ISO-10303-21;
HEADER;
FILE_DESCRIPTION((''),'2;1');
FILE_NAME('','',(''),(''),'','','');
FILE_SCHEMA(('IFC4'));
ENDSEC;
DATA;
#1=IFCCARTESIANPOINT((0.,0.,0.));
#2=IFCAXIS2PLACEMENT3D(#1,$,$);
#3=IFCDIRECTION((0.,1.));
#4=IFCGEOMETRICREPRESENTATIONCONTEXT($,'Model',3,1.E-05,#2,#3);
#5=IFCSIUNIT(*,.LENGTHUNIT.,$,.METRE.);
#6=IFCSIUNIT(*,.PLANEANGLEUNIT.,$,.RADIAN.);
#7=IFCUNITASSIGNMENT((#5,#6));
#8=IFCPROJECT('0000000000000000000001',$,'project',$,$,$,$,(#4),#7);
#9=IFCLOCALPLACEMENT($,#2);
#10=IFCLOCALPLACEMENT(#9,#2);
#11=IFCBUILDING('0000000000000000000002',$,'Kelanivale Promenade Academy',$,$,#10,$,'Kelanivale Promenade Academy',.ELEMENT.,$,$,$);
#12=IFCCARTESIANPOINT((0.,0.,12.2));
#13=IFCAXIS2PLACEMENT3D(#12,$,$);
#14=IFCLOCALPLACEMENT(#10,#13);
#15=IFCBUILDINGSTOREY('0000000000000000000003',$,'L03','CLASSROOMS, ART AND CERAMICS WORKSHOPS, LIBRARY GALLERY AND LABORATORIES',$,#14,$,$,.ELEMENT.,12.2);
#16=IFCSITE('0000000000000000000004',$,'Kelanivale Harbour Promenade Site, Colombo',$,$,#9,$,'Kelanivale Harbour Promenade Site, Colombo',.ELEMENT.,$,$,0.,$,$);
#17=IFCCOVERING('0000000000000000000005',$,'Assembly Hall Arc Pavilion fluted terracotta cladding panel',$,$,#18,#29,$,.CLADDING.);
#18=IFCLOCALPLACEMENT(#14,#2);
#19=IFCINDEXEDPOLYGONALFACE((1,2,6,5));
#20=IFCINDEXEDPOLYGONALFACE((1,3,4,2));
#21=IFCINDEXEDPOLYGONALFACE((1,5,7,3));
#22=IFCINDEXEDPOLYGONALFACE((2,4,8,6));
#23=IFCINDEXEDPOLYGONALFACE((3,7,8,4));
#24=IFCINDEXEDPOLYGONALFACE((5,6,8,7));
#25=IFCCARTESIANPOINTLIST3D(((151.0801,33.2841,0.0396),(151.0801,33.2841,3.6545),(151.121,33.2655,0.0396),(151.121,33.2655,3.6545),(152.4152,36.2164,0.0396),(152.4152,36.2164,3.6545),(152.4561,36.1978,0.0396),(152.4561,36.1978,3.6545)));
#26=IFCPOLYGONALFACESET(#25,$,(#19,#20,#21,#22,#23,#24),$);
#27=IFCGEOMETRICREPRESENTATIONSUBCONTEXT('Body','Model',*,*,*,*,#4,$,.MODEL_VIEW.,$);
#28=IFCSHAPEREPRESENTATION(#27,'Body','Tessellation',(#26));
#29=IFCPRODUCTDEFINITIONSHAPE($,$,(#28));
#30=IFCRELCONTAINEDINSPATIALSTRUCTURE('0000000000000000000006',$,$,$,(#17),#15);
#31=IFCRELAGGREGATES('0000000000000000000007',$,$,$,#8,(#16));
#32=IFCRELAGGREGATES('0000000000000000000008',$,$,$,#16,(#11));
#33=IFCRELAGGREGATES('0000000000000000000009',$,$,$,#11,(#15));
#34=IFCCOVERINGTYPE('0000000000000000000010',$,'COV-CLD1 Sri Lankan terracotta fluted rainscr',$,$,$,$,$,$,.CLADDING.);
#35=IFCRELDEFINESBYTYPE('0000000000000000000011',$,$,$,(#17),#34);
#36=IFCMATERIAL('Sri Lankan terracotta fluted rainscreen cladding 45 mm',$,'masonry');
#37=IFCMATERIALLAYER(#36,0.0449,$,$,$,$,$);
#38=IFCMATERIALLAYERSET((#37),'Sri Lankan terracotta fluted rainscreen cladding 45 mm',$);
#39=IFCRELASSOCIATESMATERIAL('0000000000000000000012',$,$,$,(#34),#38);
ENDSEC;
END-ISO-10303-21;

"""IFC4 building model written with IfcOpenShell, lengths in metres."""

from ifc_helpers import new_model, si_unit, direction, frame, origin, origin_2d, place, context, subcontext, project, spatial, rectangle, extrude, material, layer, layer_set, type_object, element, save


model = new_model("IFC4")

# Units and contexts
model_context = context("Model", 3, precision=1e-05, world=origin(), true_north=direction((0.0, 1.0)))
body_context = subcontext(model_context, "Body", "Model", "MODEL_VIEW")
ifc_project = project(units=[si_unit("LENGTHUNIT", "METRE"), si_unit("PLANEANGLEUNIT", "RADIAN")], contexts=[model_context])

# Site, building, storey
site_placement = place(None, origin())
site = spatial("IfcSite", under=ifc_project, at=site_placement, Name="Kelanivale Harbour Promenade Site, Colombo", LongName="Kelanivale Harbour Promenade Site, Colombo", CompositionType="ELEMENT", RefElevation=0.0)
building_placement = place(site_placement, origin())
building = spatial("IfcBuilding", under=site, at=building_placement, Name="Kelanivale Promenade Academy", LongName="Kelanivale Promenade Academy", CompositionType="ELEMENT")
storey_placement = place(building_placement, frame((0.0, 0.0, 12.2)))
storey = spatial("IfcBuildingStorey", under=building, at=storey_placement, Name="L03", Description="CLASSROOMS, ART AND CERAMICS WORKSHOPS, LIBRARY GALLERY AND LABORATORIES", CompositionType="ELEMENT", Elevation=12.2)

# Covering
ifc_material_1 = material(Name="Sri Lankan terracotta fluted rainscreen cladding 45 mm", Category="masonry")
ifc_layer_1 = layer(ifc_material_1, 0.0449)
ifc_layer_set_1 = layer_set([ifc_layer_1], Name="Sri Lankan terracotta fluted rainscreen cladding 45 mm")
covering_type = type_object("IfcCoveringType", Name="COV-CLD1 Sri Lankan terracotta fluted rainscr", PredefinedType="CLADDING", material=ifc_layer_set_1)
covering_placement = place(storey_placement, frame((151.7681, 34.741, 0.0396), z_axis=(0.0, 0.0, 1.0), x_axis=(0.414376, 0.910106, 0.0)))
element("IfcCovering", 1, at=covering_placement, inside=storey, type_object=covering_type, Name="Assembly Hall Arc Pavilion fluted terracotta cladding panel", PredefinedType="CLADDING", context=body_context, shape_type="SweptSolid", body=[
    extrude(rectangle(XDim=3.2219, YDim=0.0449, at=origin_2d()), origin(), (0.0, 0.0, 1.0), 3.615),
])

save(model, "model.ifc")
